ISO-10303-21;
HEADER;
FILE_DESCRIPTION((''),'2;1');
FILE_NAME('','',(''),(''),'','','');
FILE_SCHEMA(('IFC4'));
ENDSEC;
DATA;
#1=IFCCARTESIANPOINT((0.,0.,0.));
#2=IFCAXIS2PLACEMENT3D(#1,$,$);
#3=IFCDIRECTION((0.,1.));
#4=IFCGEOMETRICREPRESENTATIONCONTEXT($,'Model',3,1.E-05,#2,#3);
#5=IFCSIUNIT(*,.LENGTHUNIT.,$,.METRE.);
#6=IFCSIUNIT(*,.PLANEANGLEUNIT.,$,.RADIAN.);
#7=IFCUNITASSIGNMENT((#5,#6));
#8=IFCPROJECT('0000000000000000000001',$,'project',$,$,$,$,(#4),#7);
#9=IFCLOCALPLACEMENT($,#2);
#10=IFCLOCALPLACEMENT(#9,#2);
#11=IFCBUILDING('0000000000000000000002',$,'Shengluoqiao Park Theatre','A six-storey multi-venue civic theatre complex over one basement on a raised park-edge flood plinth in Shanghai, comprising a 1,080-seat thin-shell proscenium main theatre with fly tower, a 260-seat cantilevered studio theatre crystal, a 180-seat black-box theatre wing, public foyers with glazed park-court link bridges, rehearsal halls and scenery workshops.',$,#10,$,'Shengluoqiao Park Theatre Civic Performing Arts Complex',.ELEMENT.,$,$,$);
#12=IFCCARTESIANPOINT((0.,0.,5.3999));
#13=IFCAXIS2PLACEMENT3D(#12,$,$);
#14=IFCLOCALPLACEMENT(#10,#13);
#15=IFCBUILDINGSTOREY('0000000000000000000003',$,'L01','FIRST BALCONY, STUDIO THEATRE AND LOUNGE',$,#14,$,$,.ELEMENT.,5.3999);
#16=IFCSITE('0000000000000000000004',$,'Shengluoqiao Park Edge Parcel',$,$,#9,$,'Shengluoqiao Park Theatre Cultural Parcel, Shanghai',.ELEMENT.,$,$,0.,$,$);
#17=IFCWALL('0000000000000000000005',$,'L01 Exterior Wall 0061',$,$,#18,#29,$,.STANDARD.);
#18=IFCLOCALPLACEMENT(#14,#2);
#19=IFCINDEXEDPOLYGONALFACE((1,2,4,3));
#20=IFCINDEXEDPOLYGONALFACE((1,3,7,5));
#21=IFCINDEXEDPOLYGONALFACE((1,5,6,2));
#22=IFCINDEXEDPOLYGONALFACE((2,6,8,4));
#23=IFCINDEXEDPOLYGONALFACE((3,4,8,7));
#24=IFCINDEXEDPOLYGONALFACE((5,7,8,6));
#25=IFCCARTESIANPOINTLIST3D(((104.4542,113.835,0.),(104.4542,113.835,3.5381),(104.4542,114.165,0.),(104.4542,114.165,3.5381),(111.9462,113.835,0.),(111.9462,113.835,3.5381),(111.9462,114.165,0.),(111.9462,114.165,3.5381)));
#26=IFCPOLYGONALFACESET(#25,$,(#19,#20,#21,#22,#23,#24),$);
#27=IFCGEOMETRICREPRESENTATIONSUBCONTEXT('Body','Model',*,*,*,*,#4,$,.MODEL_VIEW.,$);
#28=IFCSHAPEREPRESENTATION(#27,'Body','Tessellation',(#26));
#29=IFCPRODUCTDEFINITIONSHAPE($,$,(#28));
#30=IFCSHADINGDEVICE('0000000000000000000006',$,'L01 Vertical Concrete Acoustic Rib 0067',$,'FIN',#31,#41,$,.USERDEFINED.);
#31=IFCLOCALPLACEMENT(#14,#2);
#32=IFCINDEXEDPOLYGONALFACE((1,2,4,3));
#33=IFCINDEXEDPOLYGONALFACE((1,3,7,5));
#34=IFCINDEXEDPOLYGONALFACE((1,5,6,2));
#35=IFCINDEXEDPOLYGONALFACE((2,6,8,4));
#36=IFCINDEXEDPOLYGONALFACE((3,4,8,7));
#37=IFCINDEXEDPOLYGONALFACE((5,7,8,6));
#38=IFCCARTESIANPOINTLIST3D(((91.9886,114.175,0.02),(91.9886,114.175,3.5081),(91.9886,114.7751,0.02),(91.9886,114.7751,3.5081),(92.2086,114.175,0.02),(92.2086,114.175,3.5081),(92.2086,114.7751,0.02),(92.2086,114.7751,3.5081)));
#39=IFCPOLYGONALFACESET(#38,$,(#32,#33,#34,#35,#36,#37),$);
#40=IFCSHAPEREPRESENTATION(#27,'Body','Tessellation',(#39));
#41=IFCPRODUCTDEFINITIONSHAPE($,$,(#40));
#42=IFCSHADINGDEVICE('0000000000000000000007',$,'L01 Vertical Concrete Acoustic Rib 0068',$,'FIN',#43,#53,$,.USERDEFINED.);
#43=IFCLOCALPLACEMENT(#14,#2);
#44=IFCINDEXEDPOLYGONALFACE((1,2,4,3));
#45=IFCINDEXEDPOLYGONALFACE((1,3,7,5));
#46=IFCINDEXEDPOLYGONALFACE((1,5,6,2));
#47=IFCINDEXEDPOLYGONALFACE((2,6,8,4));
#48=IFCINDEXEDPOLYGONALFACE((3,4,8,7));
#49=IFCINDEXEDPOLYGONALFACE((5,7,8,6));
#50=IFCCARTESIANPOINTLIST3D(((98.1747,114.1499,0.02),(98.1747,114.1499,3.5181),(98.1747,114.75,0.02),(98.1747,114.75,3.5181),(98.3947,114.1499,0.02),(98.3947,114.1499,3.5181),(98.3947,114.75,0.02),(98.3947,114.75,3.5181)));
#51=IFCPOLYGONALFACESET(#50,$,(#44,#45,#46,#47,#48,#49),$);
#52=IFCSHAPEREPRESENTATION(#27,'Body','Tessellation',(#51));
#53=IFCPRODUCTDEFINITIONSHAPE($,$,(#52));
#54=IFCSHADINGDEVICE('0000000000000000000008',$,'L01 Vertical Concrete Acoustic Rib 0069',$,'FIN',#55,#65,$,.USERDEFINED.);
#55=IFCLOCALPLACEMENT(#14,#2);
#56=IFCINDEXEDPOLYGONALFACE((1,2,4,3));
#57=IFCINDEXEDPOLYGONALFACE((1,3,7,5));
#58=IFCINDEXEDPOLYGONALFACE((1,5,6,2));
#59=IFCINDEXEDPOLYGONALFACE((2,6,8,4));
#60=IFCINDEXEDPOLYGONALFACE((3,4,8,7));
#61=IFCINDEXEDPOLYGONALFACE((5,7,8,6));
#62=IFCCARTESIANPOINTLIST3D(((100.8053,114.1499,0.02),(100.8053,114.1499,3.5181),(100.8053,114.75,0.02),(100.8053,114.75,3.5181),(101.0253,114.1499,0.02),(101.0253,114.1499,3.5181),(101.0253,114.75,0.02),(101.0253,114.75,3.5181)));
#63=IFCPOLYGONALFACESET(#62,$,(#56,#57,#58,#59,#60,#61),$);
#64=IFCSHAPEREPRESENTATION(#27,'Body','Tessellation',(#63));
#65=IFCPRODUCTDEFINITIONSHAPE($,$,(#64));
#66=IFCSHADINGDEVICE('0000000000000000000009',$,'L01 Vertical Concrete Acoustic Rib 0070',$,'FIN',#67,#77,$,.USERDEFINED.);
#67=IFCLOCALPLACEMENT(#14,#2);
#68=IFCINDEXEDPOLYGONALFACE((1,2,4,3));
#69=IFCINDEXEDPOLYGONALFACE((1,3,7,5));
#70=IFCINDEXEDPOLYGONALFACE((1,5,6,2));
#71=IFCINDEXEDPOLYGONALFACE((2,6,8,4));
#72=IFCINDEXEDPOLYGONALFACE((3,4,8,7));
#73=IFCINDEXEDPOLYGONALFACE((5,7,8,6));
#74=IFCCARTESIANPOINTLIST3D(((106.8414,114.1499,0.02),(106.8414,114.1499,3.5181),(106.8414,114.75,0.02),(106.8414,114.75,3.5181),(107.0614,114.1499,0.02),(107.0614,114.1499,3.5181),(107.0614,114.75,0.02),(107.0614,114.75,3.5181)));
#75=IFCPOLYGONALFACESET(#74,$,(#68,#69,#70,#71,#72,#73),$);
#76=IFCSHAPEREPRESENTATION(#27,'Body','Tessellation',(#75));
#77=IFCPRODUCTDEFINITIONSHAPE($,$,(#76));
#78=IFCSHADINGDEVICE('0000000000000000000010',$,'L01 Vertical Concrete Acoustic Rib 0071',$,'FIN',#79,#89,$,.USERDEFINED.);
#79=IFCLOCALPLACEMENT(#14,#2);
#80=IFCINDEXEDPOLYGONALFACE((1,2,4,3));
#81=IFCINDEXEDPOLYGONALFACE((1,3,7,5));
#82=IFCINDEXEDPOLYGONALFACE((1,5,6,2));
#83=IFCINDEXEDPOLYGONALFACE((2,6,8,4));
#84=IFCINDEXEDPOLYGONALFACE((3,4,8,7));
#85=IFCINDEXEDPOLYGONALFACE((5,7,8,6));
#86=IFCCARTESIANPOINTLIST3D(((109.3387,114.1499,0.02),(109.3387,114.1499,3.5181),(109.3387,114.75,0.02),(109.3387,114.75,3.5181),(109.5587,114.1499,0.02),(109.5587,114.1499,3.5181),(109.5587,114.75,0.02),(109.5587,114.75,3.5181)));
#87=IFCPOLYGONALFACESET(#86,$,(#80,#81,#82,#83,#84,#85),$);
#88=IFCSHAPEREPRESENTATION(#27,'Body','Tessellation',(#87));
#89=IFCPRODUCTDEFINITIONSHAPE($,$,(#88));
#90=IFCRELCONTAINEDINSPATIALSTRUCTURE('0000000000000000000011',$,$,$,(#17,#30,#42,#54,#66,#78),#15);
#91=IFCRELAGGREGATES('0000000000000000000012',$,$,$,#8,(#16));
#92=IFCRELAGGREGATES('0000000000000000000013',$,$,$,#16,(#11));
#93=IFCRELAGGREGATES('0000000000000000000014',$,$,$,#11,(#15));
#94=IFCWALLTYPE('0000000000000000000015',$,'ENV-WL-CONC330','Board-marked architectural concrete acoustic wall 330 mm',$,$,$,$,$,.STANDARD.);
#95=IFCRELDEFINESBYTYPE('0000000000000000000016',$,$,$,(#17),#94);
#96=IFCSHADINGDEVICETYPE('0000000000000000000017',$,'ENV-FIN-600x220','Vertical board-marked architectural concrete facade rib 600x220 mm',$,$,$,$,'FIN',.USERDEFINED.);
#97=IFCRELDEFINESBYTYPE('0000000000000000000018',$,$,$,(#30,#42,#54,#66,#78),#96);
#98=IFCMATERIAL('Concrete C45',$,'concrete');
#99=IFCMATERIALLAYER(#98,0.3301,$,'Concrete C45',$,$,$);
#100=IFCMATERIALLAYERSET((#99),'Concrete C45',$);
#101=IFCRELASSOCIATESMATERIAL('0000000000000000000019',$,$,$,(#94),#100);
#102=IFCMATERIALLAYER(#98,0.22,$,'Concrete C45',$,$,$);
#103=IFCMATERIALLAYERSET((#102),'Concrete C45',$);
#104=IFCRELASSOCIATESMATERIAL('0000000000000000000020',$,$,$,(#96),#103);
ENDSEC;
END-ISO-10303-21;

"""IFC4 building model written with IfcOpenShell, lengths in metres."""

from ifc_helpers import new_model, si_unit, direction, frame, frame_2d, origin, origin_2d, place, context, subcontext, project, spatial, rectangle, extrude, material, layer, layer_set, type_object, element, save


model = new_model("IFC4")

# Units and contexts
model_context = context("Model", 3, precision=1e-05, world=origin(), true_north=direction((0.0, 1.0)))
body_context = subcontext(model_context, "Body", "Model", "MODEL_VIEW")
ifc_project = project(units=[si_unit("LENGTHUNIT", "METRE"), si_unit("PLANEANGLEUNIT", "RADIAN")], contexts=[model_context])

# Site, building, storey
site_placement = place(None, origin())
site = spatial("IfcSite", under=ifc_project, at=site_placement, Name="Shengluoqiao Park Edge Parcel", LongName="Shengluoqiao Park Theatre Cultural Parcel, Shanghai", CompositionType="ELEMENT", RefElevation=0.0)
building_placement = place(site_placement, origin())
building = spatial("IfcBuilding", under=site, at=building_placement, Name="Shengluoqiao Park Theatre", Description="A six-storey multi-venue civic theatre complex over one basement on a raised park-edge flood plinth in Shanghai, comprising a 1,080-seat thin-shell proscenium main theatre with fly tower, a 260-seat cantilevered studio theatre crystal, a 180-seat black-box theatre wing, public foyers with glazed park-court link bridges, rehearsal halls and scenery workshops.", LongName="Shengluoqiao Park Theatre Civic Performing Arts Complex", CompositionType="ELEMENT")
storey_placement = place(building_placement, frame((0.0, 0.0, 5.3999)))
storey = spatial("IfcBuildingStorey", under=building, at=storey_placement, Name="L01", Description="FIRST BALCONY, STUDIO THEATRE AND LOUNGE", CompositionType="ELEMENT", Elevation=5.3999)

# Wall
ifc_material_1 = material(Name="Concrete C45", Category="concrete")
ifc_layer_1 = layer(ifc_material_1, 0.3301, Name="Concrete C45")
ifc_layer_set_1 = layer_set([ifc_layer_1], Name="Concrete C45")
wall_type_1 = type_object("IfcWallType", Name="ENV-WL-CONC330", Description="Board-marked architectural concrete acoustic wall 330 mm", PredefinedType="STANDARD", material=ifc_layer_set_1)
wall_1_placement = place(storey_placement, frame((104.4541, 114.0, 0.0), z_axis=(0.0, 0.0, 1.0), x_axis=(1.0, 0.0, 0.0)))
element("IfcWall", 1, at=wall_1_placement, inside=storey, type_object=wall_type_1, Name="L01 Exterior Wall 0061", PredefinedType="STANDARD", context=body_context, shape_type="SweptSolid", body=[
    extrude(rectangle(XDim=7.4919, YDim=0.3301, at=frame_2d((3.7461, 0.0))), origin(), (0.0, 0.0, 1.0), 3.5381),
])

# Shading devices
ifc_layer_2 = layer(ifc_material_1, 0.22, Name="Concrete C45")
ifc_layer_set_2 = layer_set([ifc_layer_2], Name="Concrete C45")
shading_device_type = type_object("IfcShadingDeviceType", Name="ENV-FIN-600x220", Description="Vertical board-marked architectural concrete facade rib 600x220 mm", ElementType="FIN", PredefinedType="USERDEFINED", material=ifc_layer_set_2)
shading_device_placement = place(storey_placement, frame((92.0986, 114.4751, 0.02), z_axis=(0.0, 0.0, 1.0), x_axis=(0.0, 1.0, 0.0)))
element("IfcShadingDevice", 2, at=shading_device_placement, inside=storey, type_object=shading_device_type, Name="L01 Vertical Concrete Acoustic Rib 0067", ObjectType="FIN", PredefinedType="USERDEFINED", context=body_context, shape_type="SweptSolid", body=[
    extrude(rectangle(XDim=0.6001, YDim=0.22, at=origin_2d()), origin(), (0.0, 0.0, 1.0), 3.488),
])
for number, where, z_axis, x_axis, name in (
    (3, (98.2847, 114.45, 0.02), (0.0, 0.0, 1.0), (0.0, 1.0, 0.0), "L01 Vertical Concrete Acoustic Rib 0068"),
    (4, (100.9153, 114.45, 0.02), (0.0, 0.0, 1.0), (0.0, 1.0, 0.0), "L01 Vertical Concrete Acoustic Rib 0069"),
    (5, (106.9514, 114.45, 0.02), (0.0, 0.0, 1.0), (0.0, 1.0, 0.0), "L01 Vertical Concrete Acoustic Rib 0070"),
    (6, (109.4487, 114.45, 0.02), (0.0, 0.0, 1.0), (0.0, 1.0, 0.0), "L01 Vertical Concrete Acoustic Rib 0071"),
):
    element("IfcShadingDevice", number, at=place(storey_placement, frame(where, z_axis=z_axis, x_axis=x_axis)), inside=storey, type_object=shading_device_type, Name=name, ObjectType="FIN", PredefinedType="USERDEFINED", context=body_context, shape_type="SweptSolid", body=[
        extrude(rectangle(XDim=0.6001, YDim=0.22, at=origin_2d()), origin(), (0.0, 0.0, 1.0), 3.498),
    ])

save(model, "model.ifc")
